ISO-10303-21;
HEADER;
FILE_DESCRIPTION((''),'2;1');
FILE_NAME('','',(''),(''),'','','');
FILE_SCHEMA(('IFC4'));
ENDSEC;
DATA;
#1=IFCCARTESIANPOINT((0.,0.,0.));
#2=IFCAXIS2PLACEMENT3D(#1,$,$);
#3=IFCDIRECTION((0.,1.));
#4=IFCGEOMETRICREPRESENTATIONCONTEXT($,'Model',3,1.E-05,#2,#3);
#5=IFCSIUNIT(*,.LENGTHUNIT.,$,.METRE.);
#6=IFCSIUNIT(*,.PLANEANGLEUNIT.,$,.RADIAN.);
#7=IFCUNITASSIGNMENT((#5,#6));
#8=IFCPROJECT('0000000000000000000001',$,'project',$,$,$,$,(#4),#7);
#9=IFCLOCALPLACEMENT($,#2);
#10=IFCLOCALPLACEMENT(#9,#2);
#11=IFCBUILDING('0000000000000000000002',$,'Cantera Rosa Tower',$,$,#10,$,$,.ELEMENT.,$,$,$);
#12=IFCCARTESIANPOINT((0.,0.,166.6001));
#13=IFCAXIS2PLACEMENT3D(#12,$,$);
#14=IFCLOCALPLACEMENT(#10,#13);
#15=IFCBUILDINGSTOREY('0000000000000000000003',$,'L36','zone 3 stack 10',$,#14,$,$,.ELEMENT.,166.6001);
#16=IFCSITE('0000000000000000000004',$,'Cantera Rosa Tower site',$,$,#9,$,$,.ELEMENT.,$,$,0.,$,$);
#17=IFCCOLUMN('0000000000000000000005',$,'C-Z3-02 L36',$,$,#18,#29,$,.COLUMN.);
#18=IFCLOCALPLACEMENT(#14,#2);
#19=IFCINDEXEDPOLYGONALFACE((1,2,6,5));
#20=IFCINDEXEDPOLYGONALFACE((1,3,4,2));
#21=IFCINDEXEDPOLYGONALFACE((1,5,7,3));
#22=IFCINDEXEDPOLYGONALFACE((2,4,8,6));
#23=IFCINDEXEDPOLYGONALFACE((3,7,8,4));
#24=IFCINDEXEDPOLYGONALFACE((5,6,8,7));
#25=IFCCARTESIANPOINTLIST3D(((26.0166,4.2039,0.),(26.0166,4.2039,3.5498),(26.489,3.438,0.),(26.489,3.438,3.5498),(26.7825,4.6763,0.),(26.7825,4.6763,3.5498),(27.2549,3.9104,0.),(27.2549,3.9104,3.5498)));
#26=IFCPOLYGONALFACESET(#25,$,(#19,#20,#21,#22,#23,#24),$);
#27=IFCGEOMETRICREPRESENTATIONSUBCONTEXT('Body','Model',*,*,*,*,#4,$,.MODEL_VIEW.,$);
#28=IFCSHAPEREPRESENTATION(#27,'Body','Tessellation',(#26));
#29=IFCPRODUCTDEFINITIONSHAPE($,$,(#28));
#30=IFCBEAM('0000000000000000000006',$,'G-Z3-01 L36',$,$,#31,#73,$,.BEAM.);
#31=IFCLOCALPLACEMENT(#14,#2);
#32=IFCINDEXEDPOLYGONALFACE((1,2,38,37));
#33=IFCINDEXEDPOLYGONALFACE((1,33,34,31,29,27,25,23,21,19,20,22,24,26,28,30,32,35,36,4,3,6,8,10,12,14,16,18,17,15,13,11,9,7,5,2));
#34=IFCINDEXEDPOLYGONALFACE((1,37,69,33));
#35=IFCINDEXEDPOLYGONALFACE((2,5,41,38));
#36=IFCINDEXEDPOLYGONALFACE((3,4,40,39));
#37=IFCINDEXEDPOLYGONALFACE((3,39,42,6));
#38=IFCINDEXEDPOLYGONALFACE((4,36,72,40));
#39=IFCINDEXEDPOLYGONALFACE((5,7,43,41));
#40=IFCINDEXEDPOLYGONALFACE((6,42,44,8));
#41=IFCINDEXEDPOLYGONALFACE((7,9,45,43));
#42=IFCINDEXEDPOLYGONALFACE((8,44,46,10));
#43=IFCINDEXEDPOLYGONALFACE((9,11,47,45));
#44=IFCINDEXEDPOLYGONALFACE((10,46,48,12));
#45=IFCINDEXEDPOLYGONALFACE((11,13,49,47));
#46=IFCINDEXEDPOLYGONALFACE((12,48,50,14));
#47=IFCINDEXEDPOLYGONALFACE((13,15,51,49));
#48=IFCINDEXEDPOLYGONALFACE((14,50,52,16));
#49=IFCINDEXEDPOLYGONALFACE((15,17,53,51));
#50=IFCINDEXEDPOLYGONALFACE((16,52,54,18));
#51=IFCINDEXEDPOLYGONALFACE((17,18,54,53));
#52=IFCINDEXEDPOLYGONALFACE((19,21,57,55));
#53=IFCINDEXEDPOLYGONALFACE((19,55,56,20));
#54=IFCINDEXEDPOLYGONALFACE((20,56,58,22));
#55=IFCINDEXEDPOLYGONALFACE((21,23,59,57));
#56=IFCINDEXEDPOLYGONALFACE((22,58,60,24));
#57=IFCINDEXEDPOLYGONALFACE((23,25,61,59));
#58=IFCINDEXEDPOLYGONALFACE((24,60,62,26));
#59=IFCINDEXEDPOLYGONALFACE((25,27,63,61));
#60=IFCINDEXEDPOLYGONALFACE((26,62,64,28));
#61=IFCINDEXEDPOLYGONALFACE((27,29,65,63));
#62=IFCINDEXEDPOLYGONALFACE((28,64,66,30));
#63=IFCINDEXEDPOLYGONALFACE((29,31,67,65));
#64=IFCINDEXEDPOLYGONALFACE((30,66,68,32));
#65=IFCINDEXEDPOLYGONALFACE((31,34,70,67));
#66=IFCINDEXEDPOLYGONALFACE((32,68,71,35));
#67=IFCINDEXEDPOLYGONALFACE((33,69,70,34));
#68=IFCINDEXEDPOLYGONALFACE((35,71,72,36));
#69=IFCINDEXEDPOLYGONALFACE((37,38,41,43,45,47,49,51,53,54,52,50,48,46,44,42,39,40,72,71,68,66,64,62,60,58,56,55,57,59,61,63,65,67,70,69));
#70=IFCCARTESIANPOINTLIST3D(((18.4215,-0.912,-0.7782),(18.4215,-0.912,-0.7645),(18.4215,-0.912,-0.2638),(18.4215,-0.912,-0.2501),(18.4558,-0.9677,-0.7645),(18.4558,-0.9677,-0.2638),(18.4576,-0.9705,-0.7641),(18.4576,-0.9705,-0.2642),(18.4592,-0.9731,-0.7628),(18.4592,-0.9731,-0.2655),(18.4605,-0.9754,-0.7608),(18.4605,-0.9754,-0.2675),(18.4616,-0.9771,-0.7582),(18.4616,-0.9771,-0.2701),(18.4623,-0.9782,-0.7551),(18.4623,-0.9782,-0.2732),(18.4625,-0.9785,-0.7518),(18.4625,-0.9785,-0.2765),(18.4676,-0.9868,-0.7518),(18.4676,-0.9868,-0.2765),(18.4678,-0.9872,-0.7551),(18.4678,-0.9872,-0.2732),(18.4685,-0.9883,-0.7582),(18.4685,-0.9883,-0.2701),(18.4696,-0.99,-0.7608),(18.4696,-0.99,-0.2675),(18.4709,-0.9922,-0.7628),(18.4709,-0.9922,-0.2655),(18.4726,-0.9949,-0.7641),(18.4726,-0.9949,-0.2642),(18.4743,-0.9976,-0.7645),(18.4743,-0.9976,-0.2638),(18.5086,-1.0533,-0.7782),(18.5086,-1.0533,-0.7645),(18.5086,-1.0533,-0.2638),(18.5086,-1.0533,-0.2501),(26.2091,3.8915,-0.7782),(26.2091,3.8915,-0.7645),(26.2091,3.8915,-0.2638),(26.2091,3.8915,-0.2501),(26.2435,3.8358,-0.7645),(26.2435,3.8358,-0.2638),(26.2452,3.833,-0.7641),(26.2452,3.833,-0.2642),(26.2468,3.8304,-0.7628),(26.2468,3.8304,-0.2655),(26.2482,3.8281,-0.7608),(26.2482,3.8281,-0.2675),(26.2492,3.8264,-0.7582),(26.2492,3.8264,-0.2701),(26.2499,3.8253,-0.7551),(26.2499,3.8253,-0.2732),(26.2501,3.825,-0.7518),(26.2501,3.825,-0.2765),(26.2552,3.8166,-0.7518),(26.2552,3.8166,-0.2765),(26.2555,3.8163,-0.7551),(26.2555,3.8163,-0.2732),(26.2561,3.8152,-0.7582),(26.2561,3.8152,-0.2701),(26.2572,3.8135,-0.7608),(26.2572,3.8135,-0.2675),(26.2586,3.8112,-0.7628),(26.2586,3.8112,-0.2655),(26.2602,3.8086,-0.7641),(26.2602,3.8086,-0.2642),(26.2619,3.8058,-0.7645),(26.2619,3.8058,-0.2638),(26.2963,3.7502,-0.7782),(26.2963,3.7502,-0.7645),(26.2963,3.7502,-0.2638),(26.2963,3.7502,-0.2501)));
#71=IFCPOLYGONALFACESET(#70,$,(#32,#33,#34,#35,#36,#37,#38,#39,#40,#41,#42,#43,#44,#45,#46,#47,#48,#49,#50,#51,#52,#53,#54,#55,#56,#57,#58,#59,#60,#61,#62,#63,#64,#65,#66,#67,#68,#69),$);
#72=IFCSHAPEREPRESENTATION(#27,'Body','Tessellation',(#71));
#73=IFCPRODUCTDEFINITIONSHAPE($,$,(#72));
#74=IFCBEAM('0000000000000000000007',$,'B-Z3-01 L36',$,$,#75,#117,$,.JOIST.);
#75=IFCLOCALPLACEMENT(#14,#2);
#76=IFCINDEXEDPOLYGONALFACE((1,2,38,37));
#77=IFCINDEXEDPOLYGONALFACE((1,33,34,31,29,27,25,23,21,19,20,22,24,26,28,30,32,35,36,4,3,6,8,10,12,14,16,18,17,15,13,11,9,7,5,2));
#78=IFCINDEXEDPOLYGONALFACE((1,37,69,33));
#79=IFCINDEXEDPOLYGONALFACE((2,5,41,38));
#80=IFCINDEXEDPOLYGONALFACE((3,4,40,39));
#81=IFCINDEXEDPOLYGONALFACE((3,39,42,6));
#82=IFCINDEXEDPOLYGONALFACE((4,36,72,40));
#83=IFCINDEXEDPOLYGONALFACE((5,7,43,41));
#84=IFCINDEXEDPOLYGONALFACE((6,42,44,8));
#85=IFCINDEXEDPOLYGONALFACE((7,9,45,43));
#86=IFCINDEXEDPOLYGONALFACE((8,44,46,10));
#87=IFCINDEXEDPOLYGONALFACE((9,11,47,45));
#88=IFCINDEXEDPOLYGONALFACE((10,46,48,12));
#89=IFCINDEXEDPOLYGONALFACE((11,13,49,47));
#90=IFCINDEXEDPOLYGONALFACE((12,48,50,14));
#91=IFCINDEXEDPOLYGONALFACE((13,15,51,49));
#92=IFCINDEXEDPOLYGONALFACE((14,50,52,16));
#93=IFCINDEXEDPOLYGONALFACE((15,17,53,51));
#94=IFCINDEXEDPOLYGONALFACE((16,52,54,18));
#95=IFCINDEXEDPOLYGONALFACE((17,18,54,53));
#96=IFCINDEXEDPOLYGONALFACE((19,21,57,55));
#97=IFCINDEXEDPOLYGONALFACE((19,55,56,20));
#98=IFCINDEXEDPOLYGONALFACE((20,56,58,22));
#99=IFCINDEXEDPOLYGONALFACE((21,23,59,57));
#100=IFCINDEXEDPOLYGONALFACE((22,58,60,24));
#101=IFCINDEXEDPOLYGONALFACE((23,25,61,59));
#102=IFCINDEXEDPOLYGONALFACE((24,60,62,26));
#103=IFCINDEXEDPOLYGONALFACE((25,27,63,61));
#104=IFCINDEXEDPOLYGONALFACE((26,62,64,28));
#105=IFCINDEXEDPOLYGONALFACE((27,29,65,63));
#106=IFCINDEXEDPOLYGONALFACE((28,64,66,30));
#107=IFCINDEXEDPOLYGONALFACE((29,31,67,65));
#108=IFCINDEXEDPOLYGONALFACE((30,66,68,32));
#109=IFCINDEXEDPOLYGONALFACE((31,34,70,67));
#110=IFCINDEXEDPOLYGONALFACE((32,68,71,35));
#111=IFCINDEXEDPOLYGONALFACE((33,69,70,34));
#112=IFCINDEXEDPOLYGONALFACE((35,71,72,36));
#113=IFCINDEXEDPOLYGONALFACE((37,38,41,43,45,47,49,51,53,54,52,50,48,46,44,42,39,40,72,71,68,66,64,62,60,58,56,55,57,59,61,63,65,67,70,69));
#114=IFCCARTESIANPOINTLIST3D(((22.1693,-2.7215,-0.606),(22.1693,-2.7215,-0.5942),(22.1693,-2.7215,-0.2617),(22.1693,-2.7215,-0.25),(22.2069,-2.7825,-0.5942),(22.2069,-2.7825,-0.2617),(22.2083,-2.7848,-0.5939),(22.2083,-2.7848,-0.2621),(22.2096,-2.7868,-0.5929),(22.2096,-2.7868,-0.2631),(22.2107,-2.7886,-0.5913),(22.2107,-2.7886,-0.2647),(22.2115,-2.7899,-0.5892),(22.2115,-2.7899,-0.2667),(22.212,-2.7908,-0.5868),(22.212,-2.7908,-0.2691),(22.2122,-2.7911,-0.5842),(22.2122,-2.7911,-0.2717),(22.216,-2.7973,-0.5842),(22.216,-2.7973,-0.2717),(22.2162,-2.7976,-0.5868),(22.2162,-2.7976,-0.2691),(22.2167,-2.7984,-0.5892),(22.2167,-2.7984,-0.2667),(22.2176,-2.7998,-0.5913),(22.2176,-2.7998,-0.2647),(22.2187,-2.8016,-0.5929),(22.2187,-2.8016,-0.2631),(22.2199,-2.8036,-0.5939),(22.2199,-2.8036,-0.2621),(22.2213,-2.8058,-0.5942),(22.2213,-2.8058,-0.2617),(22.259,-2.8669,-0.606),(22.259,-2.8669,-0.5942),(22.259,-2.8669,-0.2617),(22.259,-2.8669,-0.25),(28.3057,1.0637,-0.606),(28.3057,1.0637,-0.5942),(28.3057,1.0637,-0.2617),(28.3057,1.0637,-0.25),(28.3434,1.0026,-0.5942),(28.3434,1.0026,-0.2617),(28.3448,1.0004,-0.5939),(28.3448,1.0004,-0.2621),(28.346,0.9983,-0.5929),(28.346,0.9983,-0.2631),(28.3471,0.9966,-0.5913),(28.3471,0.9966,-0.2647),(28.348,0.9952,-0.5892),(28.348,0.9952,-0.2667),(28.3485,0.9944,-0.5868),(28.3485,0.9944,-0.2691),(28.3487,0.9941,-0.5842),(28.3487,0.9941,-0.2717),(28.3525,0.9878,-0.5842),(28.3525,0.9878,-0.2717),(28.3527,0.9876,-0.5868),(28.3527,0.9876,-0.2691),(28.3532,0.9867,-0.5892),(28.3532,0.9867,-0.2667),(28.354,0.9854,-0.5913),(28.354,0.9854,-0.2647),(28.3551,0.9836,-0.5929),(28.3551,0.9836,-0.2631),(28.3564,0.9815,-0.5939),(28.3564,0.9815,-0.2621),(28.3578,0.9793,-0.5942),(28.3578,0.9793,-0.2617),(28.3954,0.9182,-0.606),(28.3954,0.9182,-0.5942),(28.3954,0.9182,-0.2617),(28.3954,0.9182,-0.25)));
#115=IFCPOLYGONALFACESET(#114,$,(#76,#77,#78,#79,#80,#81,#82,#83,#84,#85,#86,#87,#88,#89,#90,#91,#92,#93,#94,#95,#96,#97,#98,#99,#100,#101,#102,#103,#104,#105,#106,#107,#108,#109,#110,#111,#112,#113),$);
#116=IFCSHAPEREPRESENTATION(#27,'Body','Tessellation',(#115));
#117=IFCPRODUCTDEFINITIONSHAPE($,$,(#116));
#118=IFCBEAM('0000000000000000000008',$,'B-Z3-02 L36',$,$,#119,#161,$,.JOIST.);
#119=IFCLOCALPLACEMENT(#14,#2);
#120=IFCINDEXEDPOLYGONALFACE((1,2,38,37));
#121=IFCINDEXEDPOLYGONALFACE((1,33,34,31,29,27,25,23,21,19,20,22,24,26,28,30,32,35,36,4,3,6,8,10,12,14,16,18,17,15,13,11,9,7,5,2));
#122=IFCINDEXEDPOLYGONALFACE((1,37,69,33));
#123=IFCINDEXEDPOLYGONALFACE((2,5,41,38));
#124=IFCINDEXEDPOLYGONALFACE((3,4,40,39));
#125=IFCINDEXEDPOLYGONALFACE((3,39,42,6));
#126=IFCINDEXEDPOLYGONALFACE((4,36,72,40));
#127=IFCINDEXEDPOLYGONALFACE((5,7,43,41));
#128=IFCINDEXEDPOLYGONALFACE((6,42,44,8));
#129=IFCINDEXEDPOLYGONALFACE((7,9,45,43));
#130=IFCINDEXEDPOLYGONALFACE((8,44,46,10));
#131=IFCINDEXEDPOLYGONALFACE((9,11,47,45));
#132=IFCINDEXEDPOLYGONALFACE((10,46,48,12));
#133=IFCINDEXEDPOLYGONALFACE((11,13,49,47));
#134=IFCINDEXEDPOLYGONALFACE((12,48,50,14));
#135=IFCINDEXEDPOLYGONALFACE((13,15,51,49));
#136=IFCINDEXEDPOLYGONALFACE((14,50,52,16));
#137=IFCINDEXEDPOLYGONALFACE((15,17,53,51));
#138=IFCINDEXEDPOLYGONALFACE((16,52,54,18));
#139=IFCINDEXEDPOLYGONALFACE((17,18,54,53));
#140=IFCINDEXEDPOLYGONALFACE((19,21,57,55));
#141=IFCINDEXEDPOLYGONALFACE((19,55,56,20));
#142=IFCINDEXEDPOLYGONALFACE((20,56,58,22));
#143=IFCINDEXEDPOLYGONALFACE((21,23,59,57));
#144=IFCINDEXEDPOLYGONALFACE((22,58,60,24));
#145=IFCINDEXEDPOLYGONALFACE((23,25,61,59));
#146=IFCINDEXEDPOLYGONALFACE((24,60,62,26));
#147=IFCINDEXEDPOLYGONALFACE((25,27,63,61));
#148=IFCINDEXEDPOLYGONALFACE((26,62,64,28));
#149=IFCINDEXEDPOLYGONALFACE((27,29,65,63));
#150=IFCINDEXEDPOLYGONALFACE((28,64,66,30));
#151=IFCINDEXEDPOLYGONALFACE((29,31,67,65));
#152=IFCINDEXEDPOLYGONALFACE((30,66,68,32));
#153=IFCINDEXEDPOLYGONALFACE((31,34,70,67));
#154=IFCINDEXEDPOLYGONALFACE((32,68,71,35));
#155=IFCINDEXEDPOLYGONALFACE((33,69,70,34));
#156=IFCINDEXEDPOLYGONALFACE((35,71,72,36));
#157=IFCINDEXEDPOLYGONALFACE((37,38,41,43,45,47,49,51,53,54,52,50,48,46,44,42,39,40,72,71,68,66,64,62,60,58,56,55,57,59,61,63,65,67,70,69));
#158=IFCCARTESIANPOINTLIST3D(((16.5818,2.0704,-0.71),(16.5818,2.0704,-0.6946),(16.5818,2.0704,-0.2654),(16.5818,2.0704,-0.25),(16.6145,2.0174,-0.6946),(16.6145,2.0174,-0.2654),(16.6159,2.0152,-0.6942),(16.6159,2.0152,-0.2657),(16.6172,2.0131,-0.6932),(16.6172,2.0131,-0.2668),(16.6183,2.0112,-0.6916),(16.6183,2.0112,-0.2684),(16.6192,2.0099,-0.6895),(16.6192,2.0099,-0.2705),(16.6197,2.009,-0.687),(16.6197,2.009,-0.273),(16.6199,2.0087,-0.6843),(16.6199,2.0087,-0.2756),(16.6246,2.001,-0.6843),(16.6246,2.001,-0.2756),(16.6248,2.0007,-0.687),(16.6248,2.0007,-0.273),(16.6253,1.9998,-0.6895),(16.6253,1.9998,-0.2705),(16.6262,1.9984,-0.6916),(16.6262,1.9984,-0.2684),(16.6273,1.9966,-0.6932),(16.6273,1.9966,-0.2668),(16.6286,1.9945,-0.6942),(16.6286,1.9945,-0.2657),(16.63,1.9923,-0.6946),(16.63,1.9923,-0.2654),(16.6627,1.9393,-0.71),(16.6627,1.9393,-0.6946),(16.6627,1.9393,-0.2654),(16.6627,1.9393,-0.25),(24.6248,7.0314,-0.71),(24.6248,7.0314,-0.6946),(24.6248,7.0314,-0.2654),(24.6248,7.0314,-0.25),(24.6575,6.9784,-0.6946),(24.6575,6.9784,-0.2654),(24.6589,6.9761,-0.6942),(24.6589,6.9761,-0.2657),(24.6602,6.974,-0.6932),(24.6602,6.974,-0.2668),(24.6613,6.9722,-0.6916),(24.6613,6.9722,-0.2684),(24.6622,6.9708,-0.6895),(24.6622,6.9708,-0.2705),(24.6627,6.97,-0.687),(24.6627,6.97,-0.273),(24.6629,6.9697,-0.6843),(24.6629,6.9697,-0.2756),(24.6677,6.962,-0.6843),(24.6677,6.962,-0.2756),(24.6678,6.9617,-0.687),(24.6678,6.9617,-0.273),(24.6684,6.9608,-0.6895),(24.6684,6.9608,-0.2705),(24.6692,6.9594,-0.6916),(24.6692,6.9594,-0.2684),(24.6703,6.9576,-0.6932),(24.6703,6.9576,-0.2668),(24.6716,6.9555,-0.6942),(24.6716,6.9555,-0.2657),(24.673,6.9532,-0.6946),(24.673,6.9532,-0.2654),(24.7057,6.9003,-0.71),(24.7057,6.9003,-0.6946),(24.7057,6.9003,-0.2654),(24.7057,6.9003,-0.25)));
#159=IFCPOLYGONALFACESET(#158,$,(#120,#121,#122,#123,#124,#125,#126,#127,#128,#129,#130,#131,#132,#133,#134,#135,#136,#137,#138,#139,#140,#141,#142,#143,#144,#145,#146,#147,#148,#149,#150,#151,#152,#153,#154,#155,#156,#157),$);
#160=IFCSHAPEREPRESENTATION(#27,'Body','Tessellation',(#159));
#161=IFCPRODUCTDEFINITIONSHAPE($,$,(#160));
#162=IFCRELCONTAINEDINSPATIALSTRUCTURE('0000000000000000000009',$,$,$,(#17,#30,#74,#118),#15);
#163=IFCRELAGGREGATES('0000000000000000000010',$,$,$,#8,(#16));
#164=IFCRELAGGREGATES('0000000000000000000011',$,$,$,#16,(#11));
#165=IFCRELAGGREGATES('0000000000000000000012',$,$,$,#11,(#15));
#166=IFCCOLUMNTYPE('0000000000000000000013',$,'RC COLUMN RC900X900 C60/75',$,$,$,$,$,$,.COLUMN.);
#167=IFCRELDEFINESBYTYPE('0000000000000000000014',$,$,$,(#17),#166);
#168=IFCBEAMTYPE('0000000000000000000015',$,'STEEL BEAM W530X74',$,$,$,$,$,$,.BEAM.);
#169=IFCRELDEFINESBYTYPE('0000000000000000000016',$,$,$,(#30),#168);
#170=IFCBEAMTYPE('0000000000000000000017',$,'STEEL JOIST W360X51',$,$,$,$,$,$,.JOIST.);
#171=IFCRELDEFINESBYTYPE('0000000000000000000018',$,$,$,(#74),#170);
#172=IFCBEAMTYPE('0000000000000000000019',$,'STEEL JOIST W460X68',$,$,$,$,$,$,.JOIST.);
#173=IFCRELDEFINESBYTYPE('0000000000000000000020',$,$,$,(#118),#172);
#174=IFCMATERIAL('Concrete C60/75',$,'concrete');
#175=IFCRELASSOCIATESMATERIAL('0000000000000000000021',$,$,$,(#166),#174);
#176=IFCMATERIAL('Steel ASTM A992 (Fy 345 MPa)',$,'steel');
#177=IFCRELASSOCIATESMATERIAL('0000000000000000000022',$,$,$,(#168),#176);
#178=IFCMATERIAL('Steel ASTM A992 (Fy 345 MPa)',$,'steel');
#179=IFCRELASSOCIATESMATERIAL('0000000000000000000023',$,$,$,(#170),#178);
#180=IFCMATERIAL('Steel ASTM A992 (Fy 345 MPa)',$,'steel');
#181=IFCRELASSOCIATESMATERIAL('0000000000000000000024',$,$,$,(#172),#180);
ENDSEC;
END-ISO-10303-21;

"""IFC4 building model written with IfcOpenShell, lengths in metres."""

from ifc_helpers import new_model, si_unit, direction, frame, origin, origin_2d, place, context, subcontext, project, spatial, rectangle, i_section, extrude, material, material_profile, profile_set, type_object, element, save


model = new_model("IFC4")

# Units and contexts
model_context = context("Model", 3, precision=1e-05, world=origin(), true_north=direction((0.0, 1.0)))
body_context = subcontext(model_context, "Body", "Model", "MODEL_VIEW")
ifc_project = project(units=[si_unit("LENGTHUNIT", "METRE"), si_unit("PLANEANGLEUNIT", "RADIAN")], contexts=[model_context])

# Site, building, storey
site_placement = place(None, origin())
site = spatial("IfcSite", under=ifc_project, at=site_placement, Name="Cantera Rosa Tower site", CompositionType="ELEMENT", RefElevation=0.0)
building_placement = place(site_placement, origin())
building = spatial("IfcBuilding", under=site, at=building_placement, Name="Cantera Rosa Tower", CompositionType="ELEMENT")
storey_placement = place(building_placement, frame((0.0, 0.0, 166.6001)))
storey = spatial("IfcBuildingStorey", under=building, at=storey_placement, Name="L36", Description="zone 3 stack 10", CompositionType="ELEMENT", Elevation=166.6001)

# Column
ifc_material_1 = material(Name="Concrete C60/75", Category="concrete")
ifc_material_profile_1 = material_profile(ifc_material_1, rectangle(XDim=0.8999, YDim=0.8999, at=origin_2d()), Name="RC COLUMN RC900X900 C60/75")
ifc_profile_set_1 = profile_set([ifc_material_profile_1], Name="Concrete C60/75")
column_type = type_object("IfcColumnType", Name="RC COLUMN RC900X900 C60/75", PredefinedType="COLUMN", material=ifc_profile_set_1)
column_placement = place(storey_placement, frame((26.6357, 4.0571, 0.0), z_axis=(0.0, 0.0, 1.0), x_axis=(0.851117, 0.524977, 0.0)))
element("IfcColumn", 1, at=column_placement, inside=storey, type_object=column_type, Name="C-Z3-02 L36", PredefinedType="COLUMN", context=body_context, shape_type="SweptSolid", body=[
    extrude(rectangle(XDim=0.8999, YDim=0.8999, at=origin_2d()), origin(), (0.0, 0.0, 1.0), 3.5498),
])

# Beams
ifc_material_2 = material(Name="Steel ASTM A992 (Fy 345 MPa)", Category="steel")
ifc_material_profile_2 = material_profile(ifc_material_2, i_section(OverallWidth=0.166, OverallDepth=0.5281, WebThickness=0.0098, FlangeThickness=0.0137, FilletRadius=0.0127, at=origin_2d()), Name="W530X74")
ifc_profile_set_2 = profile_set([ifc_material_profile_2], Name="Steel ASTM A992 (Fy 345 MPa)")
beam_type_1 = type_object("IfcBeamType", Name="STEEL BEAM W530X74", PredefinedType="BEAM", material=ifc_profile_set_2)
beam_1_placement = place(storey_placement, frame((26.2527, 3.8208, -0.5142), z_axis=(-0.851116, -0.524977, 0.0), x_axis=(0.524977, -0.851116, 0.0)))
element("IfcBeam", 2, at=beam_1_placement, inside=storey, type_object=beam_type_1, Name="G-Z3-01 L36", PredefinedType="BEAM", context=body_context, shape_type="SweptSolid", body=[
    extrude(i_section(OverallWidth=0.166, OverallDepth=0.5281, WebThickness=0.0098, FlangeThickness=0.0137, FilletRadius=0.0127, at=origin_2d()), origin(), (0.0, 0.0, 1.0), 9.1499),
])
ifc_material_3 = material(Name="Steel ASTM A992 (Fy 345 MPa)", Category="steel")
ifc_material_profile_3 = material_profile(ifc_material_3, i_section(OverallWidth=0.1709, OverallDepth=0.356, WebThickness=0.0073, FlangeThickness=0.0117, FilletRadius=0.01, at=origin_2d()), Name="W360X51")
ifc_profile_set_3 = profile_set([ifc_material_profile_3], Name="Steel ASTM A992 (Fy 345 MPa)")
beam_type_2 = type_object("IfcBeamType", Name="STEEL JOIST W360X51", PredefinedType="JOIST", material=ifc_profile_set_3)
beam_2_placement = place(storey_placement, frame((28.3506, 0.991, -0.428), z_axis=(-0.851109, -0.524989, 0.0), x_axis=(0.524989, -0.851109, 0.0)))
element("IfcBeam", 3, at=beam_2_placement, inside=storey, type_object=beam_type_2, Name="B-Z3-01 L36", PredefinedType="JOIST", context=body_context, shape_type="SweptSolid", body=[
    extrude(i_section(OverallWidth=0.1709, OverallDepth=0.356, WebThickness=0.0073, FlangeThickness=0.0117, FilletRadius=0.01, at=origin_2d()), origin(), (0.0, 0.0, 1.0), 7.21),
])
ifc_material_4 = material(Name="Steel ASTM A992 (Fy 345 MPa)", Category="steel")
ifc_material_profile_4 = material_profile(ifc_material_4, i_section(OverallWidth=0.1541, OverallDepth=0.46, WebThickness=0.009, FlangeThickness=0.0154, FilletRadius=0.0103, at=origin_2d()), Name="W460X68")
ifc_profile_set_4 = profile_set([ifc_material_profile_4], Name="Steel ASTM A992 (Fy 345 MPa)")
beam_type_3 = type_object("IfcBeamType", Name="STEEL JOIST W460X68", PredefinedType="JOIST", material=ifc_profile_set_4)
beam_3_placement = place(storey_placement, frame((24.6653, 6.9658, -0.48), z_axis=(-0.851119, -0.524974, 0.0), x_axis=(0.524974, -0.851119, 0.0)))
element("IfcBeam", 4, at=beam_3_placement, inside=storey, type_object=beam_type_3, Name="B-Z3-02 L36", PredefinedType="JOIST", context=body_context, shape_type="SweptSolid", body=[
    extrude(i_section(OverallWidth=0.1541, OverallDepth=0.46, WebThickness=0.009, FlangeThickness=0.0154, FilletRadius=0.0103, at=origin_2d()), origin(), (0.0, 0.0, 1.0), 9.45),
])

save(model, "model.ifc")
